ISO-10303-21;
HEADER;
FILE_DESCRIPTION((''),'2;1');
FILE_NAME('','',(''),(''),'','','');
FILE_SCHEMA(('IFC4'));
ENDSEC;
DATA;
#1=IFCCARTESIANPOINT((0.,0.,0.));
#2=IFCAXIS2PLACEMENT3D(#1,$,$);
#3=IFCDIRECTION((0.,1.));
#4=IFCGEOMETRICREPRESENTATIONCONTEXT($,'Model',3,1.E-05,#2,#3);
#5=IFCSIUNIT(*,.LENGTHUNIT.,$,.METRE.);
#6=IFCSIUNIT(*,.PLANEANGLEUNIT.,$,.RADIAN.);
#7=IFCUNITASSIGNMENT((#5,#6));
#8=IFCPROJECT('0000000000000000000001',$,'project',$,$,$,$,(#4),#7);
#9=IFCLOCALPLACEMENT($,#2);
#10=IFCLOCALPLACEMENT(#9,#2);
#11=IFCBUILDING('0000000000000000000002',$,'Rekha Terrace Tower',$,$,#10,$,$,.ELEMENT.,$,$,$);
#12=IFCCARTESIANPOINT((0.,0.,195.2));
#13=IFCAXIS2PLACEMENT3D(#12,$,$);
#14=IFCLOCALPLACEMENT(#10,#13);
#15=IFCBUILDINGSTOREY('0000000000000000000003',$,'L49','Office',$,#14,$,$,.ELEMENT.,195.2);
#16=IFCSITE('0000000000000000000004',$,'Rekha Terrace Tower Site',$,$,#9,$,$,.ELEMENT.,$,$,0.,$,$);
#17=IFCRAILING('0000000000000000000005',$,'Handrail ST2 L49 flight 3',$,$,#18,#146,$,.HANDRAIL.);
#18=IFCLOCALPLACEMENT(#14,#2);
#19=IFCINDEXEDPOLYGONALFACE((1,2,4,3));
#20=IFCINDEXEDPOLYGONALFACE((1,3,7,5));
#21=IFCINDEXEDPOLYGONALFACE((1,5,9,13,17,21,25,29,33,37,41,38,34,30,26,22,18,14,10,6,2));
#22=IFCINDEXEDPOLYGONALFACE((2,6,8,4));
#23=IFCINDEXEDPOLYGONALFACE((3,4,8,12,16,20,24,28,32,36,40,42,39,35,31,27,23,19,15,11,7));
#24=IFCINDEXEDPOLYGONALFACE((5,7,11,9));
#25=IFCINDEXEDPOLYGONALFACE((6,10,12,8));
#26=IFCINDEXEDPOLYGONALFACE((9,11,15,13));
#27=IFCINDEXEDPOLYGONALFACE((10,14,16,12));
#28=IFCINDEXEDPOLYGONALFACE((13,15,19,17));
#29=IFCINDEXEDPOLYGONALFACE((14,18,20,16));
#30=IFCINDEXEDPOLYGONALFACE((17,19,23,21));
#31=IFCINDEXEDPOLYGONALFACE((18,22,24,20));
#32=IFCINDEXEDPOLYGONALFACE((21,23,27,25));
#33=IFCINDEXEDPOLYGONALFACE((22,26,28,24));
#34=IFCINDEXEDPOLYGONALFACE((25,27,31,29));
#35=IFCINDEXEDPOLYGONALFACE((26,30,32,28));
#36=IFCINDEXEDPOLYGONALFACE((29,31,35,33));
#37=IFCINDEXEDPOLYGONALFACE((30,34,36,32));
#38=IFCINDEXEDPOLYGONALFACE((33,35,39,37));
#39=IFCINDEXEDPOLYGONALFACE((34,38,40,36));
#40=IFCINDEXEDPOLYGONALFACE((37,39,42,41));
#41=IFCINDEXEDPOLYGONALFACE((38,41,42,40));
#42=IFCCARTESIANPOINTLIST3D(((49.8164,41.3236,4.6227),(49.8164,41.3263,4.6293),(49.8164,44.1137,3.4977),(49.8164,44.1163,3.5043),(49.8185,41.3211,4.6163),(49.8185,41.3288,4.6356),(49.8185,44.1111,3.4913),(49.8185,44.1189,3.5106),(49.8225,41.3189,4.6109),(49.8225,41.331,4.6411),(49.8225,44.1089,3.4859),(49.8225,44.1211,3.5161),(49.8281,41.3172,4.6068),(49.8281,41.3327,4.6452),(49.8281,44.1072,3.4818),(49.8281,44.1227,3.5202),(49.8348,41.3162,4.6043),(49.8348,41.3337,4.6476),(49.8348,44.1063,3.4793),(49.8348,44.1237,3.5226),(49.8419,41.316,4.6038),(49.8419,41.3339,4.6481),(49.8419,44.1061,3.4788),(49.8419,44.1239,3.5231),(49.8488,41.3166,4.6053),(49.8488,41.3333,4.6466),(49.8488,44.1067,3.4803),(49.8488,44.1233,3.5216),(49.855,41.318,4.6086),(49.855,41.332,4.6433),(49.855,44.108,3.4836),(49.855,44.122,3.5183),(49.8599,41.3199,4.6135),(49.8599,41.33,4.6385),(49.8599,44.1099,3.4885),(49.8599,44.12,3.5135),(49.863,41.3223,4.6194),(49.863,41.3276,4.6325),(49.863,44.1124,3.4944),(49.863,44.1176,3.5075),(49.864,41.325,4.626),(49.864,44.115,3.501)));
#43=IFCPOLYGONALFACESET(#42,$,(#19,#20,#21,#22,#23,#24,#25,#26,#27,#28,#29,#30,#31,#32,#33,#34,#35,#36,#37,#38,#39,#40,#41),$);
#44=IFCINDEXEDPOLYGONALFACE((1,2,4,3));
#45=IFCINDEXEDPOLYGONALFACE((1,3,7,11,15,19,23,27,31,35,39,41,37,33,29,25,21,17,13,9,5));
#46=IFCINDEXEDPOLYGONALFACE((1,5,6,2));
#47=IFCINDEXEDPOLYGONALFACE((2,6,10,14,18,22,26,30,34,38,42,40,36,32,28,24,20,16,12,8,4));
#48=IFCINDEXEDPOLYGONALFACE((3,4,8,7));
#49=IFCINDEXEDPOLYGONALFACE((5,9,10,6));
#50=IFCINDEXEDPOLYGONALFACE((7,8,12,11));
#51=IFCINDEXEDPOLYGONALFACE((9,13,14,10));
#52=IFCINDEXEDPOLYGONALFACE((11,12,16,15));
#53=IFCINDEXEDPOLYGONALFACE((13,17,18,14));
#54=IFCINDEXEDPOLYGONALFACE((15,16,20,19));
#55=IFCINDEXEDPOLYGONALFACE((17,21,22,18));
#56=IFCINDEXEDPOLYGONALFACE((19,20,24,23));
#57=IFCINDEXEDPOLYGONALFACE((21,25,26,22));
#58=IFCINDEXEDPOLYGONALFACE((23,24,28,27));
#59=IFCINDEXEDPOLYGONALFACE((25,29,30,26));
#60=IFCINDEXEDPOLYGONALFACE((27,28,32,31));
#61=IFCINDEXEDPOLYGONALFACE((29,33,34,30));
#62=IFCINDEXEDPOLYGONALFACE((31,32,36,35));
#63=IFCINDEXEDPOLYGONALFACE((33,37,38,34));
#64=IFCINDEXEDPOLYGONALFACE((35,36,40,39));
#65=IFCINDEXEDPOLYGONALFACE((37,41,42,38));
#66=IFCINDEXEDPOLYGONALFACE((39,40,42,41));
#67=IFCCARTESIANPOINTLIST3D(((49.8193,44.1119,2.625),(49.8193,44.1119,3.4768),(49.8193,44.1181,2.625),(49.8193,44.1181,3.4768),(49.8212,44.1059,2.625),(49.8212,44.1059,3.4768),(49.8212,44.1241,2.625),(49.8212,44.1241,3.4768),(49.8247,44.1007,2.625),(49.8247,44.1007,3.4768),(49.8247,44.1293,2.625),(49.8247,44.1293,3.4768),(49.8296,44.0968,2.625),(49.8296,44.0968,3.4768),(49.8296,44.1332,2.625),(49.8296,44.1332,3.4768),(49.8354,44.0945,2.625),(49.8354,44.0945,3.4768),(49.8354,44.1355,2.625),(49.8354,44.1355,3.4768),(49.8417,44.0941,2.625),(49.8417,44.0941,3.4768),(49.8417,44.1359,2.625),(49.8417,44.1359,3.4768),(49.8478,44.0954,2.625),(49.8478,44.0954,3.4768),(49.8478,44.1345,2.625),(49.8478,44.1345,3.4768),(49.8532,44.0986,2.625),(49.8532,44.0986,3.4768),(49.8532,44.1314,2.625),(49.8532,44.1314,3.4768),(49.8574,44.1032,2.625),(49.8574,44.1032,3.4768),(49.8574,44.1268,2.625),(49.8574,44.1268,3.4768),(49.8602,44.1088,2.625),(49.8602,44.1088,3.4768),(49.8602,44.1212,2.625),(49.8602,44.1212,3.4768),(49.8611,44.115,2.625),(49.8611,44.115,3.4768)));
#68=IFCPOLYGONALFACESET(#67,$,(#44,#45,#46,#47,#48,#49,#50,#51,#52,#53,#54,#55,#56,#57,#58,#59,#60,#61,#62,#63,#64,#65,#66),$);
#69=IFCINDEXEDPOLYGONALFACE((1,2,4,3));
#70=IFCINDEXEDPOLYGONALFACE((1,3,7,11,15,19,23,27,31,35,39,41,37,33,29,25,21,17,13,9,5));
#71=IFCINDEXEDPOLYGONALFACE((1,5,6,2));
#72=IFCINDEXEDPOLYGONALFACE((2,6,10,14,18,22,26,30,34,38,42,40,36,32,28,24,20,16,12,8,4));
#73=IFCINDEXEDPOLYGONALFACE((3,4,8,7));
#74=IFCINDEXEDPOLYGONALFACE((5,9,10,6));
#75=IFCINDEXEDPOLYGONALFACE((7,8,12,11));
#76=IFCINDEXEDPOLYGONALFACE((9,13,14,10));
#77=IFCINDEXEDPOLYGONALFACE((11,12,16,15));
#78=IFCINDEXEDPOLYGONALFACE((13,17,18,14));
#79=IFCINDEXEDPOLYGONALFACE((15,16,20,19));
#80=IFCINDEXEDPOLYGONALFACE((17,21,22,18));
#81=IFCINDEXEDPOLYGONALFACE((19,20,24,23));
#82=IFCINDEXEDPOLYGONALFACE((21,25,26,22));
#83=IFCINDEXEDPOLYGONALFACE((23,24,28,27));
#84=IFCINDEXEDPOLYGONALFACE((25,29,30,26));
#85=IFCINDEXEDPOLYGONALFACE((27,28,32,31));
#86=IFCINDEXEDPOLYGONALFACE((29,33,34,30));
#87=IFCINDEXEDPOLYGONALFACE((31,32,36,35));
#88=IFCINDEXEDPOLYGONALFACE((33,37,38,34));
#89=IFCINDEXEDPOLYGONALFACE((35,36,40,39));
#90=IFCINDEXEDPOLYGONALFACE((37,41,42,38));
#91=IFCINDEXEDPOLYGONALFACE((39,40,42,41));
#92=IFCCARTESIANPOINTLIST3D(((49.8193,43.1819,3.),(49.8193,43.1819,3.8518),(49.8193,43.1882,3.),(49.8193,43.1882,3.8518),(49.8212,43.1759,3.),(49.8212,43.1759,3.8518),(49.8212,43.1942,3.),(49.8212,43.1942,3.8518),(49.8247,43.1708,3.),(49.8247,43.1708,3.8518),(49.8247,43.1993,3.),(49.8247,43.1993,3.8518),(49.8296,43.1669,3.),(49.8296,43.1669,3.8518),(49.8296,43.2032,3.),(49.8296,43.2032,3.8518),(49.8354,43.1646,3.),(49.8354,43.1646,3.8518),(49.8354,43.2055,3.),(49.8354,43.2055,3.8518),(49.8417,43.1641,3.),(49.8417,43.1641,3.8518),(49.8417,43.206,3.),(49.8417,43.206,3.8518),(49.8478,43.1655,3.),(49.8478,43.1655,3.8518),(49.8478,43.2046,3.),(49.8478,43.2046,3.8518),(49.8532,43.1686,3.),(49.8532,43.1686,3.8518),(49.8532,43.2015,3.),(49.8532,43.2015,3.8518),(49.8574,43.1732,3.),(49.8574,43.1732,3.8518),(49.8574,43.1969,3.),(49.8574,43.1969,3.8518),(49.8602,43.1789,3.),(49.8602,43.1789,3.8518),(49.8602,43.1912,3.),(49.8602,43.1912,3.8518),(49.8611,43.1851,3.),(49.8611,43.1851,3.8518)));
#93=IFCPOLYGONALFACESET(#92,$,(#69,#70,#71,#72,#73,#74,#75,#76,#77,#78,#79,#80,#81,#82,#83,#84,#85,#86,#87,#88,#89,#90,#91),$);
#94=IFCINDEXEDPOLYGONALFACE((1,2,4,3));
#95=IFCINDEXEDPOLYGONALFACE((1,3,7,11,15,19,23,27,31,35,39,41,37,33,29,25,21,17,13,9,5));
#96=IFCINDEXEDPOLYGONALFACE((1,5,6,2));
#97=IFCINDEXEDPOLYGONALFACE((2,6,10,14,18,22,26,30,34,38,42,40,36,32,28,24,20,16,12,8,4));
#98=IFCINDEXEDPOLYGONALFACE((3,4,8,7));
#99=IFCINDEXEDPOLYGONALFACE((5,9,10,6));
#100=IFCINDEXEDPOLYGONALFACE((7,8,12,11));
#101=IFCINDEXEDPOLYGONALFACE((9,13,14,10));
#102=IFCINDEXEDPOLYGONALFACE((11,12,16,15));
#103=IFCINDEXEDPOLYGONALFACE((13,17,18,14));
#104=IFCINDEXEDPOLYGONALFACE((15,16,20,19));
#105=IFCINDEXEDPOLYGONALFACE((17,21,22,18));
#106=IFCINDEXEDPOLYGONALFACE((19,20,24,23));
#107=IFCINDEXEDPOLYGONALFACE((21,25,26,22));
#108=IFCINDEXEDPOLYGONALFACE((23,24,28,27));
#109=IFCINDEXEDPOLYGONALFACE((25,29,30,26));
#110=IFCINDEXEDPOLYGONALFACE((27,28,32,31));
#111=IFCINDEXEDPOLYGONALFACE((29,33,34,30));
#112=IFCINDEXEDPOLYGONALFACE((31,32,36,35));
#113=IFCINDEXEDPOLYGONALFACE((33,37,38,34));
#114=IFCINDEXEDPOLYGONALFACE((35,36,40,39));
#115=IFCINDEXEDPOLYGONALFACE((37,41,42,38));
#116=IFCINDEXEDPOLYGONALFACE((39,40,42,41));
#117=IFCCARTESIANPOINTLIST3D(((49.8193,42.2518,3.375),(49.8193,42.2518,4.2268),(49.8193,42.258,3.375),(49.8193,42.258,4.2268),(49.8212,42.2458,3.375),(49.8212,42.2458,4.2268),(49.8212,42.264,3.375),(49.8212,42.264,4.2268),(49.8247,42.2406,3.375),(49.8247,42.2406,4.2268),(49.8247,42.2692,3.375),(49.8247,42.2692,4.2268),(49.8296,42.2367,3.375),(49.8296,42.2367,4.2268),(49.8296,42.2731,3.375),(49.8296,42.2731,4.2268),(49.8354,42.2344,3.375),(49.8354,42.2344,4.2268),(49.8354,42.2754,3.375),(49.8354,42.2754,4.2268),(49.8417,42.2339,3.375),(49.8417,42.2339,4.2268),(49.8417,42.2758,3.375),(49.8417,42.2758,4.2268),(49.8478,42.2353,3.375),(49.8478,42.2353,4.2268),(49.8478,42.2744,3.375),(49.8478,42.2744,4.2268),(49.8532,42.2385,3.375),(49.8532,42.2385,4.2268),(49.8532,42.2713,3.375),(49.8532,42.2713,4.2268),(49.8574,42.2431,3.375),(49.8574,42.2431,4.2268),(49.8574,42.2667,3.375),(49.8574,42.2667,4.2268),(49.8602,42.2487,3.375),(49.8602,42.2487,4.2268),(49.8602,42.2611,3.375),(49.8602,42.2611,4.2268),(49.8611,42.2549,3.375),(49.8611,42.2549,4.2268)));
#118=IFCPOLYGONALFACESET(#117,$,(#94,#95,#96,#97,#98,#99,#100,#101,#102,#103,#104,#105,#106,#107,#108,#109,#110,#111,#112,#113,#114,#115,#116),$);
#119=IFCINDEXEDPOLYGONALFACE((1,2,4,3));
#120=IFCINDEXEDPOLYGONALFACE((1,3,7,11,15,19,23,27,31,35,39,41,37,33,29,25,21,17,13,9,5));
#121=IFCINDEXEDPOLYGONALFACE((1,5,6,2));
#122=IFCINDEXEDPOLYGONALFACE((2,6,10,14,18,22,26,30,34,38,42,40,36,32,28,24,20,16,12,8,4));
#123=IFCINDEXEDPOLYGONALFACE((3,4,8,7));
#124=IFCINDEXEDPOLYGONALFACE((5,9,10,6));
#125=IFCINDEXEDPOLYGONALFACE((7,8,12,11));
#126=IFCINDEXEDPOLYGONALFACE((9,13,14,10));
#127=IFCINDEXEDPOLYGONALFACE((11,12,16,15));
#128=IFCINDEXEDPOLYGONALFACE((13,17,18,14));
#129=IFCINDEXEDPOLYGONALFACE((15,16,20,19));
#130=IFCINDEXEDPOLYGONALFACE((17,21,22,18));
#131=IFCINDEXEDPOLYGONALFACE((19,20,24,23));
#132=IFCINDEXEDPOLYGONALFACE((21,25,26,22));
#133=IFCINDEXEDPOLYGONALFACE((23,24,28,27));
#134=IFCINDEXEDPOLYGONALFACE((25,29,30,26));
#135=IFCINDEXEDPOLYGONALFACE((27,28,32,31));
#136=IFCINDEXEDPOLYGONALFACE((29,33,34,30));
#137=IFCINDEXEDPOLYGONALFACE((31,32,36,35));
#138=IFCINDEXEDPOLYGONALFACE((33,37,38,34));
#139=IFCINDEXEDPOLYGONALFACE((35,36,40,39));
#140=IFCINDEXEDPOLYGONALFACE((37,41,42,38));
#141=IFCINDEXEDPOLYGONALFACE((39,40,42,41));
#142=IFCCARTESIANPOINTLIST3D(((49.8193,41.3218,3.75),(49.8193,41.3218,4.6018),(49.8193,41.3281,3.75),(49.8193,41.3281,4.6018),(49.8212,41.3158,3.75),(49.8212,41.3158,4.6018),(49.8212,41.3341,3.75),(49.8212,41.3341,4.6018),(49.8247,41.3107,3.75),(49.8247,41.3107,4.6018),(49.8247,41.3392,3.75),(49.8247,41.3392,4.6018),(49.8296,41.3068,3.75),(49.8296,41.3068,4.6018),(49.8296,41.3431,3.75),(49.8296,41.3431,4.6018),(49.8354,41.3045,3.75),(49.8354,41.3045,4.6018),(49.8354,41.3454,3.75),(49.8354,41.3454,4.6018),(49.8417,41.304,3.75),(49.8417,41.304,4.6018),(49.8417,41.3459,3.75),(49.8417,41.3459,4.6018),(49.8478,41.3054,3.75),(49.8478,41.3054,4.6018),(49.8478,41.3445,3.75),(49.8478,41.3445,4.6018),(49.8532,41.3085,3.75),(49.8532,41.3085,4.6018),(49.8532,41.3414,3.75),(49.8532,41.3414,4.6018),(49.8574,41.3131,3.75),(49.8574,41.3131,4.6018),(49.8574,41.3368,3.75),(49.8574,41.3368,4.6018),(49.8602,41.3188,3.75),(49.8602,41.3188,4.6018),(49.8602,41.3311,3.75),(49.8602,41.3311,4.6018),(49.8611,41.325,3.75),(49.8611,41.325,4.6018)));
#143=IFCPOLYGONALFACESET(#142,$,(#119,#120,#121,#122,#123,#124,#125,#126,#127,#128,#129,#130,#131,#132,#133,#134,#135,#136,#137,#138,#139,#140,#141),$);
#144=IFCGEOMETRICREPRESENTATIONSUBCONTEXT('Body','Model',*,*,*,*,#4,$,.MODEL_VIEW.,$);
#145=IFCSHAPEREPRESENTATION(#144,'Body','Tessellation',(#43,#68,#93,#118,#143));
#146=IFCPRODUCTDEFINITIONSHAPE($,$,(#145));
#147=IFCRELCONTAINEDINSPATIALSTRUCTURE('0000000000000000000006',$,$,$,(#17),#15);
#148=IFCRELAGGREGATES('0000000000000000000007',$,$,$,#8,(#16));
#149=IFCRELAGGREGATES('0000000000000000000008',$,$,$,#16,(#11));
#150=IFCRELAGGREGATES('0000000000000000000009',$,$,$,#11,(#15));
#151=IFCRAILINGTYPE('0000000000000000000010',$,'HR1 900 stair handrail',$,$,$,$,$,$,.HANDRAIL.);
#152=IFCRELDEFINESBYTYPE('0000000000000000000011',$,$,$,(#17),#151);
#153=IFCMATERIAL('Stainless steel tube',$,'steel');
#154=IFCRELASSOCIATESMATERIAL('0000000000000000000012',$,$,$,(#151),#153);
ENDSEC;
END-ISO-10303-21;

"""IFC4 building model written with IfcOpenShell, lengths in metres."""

from ifc_helpers import new_model, si_unit, direction, frame, origin, origin_2d, place, context, subcontext, project, spatial, circle, extrude, material, type_object, element, save


model = new_model("IFC4")

# Units and contexts
model_context = context("Model", 3, precision=1e-05, world=origin(), true_north=direction((0.0, 1.0)))
body_context = subcontext(model_context, "Body", "Model", "MODEL_VIEW")
ifc_project = project(units=[si_unit("LENGTHUNIT", "METRE"), si_unit("PLANEANGLEUNIT", "RADIAN")], contexts=[model_context])

# Site, building, storey
site_placement = place(None, origin())
site = spatial("IfcSite", under=ifc_project, at=site_placement, Name="Rekha Terrace Tower Site", CompositionType="ELEMENT", RefElevation=0.0)
building_placement = place(site_placement, origin())
building = spatial("IfcBuilding", under=site, at=building_placement, Name="Rekha Terrace Tower", CompositionType="ELEMENT")
storey_placement = place(building_placement, frame((0.0, 0.0, 195.2)))
storey = spatial("IfcBuildingStorey", under=building, at=storey_placement, Name="L49", Description="Office", CompositionType="ELEMENT", Elevation=195.2)

# Railing
ifc_material_1 = material(Name="Stainless steel tube", Category="steel")
railing_type_1 = type_object("IfcRailingType", Name="HR1 900 stair handrail", PredefinedType="HANDRAIL", material=ifc_material_1)
railing_1_placement = place(storey_placement, frame((49.8401, 44.115, 2.625)))
element("IfcRailing", 1, at=railing_1_placement, inside=storey, type_object=railing_type_1, Name="Handrail ST2 L49 flight 3", PredefinedType="HANDRAIL", context=body_context, shape_type="SweptSolid", body=[
    extrude(circle(Radius=0.0239, at=origin_2d()), frame((0.0, 0.0, 0.876), z_axis=(0.0, -0.927443, 0.373964), x_axis=(1.0, 0.0, 0.0)), (0.0, 0.0, 1.0), 3.0083),
    extrude(circle(Radius=0.021, at=origin_2d()), origin(), (0.0, 0.0, 1.0), 0.8518),
    extrude(circle(Radius=0.021, at=origin_2d()), frame((0.0, -0.9299, 0.375)), (0.0, 0.0, 1.0), 0.8518),
    extrude(circle(Radius=0.021, at=origin_2d()), frame((0.0, -1.8601, 0.75)), (0.0, 0.0, 1.0), 0.8518),
    extrude(circle(Radius=0.021, at=origin_2d()), frame((0.0, -2.79, 1.125)), (0.0, 0.0, 1.0), 0.8518),
])

save(model, "model.ifc")
